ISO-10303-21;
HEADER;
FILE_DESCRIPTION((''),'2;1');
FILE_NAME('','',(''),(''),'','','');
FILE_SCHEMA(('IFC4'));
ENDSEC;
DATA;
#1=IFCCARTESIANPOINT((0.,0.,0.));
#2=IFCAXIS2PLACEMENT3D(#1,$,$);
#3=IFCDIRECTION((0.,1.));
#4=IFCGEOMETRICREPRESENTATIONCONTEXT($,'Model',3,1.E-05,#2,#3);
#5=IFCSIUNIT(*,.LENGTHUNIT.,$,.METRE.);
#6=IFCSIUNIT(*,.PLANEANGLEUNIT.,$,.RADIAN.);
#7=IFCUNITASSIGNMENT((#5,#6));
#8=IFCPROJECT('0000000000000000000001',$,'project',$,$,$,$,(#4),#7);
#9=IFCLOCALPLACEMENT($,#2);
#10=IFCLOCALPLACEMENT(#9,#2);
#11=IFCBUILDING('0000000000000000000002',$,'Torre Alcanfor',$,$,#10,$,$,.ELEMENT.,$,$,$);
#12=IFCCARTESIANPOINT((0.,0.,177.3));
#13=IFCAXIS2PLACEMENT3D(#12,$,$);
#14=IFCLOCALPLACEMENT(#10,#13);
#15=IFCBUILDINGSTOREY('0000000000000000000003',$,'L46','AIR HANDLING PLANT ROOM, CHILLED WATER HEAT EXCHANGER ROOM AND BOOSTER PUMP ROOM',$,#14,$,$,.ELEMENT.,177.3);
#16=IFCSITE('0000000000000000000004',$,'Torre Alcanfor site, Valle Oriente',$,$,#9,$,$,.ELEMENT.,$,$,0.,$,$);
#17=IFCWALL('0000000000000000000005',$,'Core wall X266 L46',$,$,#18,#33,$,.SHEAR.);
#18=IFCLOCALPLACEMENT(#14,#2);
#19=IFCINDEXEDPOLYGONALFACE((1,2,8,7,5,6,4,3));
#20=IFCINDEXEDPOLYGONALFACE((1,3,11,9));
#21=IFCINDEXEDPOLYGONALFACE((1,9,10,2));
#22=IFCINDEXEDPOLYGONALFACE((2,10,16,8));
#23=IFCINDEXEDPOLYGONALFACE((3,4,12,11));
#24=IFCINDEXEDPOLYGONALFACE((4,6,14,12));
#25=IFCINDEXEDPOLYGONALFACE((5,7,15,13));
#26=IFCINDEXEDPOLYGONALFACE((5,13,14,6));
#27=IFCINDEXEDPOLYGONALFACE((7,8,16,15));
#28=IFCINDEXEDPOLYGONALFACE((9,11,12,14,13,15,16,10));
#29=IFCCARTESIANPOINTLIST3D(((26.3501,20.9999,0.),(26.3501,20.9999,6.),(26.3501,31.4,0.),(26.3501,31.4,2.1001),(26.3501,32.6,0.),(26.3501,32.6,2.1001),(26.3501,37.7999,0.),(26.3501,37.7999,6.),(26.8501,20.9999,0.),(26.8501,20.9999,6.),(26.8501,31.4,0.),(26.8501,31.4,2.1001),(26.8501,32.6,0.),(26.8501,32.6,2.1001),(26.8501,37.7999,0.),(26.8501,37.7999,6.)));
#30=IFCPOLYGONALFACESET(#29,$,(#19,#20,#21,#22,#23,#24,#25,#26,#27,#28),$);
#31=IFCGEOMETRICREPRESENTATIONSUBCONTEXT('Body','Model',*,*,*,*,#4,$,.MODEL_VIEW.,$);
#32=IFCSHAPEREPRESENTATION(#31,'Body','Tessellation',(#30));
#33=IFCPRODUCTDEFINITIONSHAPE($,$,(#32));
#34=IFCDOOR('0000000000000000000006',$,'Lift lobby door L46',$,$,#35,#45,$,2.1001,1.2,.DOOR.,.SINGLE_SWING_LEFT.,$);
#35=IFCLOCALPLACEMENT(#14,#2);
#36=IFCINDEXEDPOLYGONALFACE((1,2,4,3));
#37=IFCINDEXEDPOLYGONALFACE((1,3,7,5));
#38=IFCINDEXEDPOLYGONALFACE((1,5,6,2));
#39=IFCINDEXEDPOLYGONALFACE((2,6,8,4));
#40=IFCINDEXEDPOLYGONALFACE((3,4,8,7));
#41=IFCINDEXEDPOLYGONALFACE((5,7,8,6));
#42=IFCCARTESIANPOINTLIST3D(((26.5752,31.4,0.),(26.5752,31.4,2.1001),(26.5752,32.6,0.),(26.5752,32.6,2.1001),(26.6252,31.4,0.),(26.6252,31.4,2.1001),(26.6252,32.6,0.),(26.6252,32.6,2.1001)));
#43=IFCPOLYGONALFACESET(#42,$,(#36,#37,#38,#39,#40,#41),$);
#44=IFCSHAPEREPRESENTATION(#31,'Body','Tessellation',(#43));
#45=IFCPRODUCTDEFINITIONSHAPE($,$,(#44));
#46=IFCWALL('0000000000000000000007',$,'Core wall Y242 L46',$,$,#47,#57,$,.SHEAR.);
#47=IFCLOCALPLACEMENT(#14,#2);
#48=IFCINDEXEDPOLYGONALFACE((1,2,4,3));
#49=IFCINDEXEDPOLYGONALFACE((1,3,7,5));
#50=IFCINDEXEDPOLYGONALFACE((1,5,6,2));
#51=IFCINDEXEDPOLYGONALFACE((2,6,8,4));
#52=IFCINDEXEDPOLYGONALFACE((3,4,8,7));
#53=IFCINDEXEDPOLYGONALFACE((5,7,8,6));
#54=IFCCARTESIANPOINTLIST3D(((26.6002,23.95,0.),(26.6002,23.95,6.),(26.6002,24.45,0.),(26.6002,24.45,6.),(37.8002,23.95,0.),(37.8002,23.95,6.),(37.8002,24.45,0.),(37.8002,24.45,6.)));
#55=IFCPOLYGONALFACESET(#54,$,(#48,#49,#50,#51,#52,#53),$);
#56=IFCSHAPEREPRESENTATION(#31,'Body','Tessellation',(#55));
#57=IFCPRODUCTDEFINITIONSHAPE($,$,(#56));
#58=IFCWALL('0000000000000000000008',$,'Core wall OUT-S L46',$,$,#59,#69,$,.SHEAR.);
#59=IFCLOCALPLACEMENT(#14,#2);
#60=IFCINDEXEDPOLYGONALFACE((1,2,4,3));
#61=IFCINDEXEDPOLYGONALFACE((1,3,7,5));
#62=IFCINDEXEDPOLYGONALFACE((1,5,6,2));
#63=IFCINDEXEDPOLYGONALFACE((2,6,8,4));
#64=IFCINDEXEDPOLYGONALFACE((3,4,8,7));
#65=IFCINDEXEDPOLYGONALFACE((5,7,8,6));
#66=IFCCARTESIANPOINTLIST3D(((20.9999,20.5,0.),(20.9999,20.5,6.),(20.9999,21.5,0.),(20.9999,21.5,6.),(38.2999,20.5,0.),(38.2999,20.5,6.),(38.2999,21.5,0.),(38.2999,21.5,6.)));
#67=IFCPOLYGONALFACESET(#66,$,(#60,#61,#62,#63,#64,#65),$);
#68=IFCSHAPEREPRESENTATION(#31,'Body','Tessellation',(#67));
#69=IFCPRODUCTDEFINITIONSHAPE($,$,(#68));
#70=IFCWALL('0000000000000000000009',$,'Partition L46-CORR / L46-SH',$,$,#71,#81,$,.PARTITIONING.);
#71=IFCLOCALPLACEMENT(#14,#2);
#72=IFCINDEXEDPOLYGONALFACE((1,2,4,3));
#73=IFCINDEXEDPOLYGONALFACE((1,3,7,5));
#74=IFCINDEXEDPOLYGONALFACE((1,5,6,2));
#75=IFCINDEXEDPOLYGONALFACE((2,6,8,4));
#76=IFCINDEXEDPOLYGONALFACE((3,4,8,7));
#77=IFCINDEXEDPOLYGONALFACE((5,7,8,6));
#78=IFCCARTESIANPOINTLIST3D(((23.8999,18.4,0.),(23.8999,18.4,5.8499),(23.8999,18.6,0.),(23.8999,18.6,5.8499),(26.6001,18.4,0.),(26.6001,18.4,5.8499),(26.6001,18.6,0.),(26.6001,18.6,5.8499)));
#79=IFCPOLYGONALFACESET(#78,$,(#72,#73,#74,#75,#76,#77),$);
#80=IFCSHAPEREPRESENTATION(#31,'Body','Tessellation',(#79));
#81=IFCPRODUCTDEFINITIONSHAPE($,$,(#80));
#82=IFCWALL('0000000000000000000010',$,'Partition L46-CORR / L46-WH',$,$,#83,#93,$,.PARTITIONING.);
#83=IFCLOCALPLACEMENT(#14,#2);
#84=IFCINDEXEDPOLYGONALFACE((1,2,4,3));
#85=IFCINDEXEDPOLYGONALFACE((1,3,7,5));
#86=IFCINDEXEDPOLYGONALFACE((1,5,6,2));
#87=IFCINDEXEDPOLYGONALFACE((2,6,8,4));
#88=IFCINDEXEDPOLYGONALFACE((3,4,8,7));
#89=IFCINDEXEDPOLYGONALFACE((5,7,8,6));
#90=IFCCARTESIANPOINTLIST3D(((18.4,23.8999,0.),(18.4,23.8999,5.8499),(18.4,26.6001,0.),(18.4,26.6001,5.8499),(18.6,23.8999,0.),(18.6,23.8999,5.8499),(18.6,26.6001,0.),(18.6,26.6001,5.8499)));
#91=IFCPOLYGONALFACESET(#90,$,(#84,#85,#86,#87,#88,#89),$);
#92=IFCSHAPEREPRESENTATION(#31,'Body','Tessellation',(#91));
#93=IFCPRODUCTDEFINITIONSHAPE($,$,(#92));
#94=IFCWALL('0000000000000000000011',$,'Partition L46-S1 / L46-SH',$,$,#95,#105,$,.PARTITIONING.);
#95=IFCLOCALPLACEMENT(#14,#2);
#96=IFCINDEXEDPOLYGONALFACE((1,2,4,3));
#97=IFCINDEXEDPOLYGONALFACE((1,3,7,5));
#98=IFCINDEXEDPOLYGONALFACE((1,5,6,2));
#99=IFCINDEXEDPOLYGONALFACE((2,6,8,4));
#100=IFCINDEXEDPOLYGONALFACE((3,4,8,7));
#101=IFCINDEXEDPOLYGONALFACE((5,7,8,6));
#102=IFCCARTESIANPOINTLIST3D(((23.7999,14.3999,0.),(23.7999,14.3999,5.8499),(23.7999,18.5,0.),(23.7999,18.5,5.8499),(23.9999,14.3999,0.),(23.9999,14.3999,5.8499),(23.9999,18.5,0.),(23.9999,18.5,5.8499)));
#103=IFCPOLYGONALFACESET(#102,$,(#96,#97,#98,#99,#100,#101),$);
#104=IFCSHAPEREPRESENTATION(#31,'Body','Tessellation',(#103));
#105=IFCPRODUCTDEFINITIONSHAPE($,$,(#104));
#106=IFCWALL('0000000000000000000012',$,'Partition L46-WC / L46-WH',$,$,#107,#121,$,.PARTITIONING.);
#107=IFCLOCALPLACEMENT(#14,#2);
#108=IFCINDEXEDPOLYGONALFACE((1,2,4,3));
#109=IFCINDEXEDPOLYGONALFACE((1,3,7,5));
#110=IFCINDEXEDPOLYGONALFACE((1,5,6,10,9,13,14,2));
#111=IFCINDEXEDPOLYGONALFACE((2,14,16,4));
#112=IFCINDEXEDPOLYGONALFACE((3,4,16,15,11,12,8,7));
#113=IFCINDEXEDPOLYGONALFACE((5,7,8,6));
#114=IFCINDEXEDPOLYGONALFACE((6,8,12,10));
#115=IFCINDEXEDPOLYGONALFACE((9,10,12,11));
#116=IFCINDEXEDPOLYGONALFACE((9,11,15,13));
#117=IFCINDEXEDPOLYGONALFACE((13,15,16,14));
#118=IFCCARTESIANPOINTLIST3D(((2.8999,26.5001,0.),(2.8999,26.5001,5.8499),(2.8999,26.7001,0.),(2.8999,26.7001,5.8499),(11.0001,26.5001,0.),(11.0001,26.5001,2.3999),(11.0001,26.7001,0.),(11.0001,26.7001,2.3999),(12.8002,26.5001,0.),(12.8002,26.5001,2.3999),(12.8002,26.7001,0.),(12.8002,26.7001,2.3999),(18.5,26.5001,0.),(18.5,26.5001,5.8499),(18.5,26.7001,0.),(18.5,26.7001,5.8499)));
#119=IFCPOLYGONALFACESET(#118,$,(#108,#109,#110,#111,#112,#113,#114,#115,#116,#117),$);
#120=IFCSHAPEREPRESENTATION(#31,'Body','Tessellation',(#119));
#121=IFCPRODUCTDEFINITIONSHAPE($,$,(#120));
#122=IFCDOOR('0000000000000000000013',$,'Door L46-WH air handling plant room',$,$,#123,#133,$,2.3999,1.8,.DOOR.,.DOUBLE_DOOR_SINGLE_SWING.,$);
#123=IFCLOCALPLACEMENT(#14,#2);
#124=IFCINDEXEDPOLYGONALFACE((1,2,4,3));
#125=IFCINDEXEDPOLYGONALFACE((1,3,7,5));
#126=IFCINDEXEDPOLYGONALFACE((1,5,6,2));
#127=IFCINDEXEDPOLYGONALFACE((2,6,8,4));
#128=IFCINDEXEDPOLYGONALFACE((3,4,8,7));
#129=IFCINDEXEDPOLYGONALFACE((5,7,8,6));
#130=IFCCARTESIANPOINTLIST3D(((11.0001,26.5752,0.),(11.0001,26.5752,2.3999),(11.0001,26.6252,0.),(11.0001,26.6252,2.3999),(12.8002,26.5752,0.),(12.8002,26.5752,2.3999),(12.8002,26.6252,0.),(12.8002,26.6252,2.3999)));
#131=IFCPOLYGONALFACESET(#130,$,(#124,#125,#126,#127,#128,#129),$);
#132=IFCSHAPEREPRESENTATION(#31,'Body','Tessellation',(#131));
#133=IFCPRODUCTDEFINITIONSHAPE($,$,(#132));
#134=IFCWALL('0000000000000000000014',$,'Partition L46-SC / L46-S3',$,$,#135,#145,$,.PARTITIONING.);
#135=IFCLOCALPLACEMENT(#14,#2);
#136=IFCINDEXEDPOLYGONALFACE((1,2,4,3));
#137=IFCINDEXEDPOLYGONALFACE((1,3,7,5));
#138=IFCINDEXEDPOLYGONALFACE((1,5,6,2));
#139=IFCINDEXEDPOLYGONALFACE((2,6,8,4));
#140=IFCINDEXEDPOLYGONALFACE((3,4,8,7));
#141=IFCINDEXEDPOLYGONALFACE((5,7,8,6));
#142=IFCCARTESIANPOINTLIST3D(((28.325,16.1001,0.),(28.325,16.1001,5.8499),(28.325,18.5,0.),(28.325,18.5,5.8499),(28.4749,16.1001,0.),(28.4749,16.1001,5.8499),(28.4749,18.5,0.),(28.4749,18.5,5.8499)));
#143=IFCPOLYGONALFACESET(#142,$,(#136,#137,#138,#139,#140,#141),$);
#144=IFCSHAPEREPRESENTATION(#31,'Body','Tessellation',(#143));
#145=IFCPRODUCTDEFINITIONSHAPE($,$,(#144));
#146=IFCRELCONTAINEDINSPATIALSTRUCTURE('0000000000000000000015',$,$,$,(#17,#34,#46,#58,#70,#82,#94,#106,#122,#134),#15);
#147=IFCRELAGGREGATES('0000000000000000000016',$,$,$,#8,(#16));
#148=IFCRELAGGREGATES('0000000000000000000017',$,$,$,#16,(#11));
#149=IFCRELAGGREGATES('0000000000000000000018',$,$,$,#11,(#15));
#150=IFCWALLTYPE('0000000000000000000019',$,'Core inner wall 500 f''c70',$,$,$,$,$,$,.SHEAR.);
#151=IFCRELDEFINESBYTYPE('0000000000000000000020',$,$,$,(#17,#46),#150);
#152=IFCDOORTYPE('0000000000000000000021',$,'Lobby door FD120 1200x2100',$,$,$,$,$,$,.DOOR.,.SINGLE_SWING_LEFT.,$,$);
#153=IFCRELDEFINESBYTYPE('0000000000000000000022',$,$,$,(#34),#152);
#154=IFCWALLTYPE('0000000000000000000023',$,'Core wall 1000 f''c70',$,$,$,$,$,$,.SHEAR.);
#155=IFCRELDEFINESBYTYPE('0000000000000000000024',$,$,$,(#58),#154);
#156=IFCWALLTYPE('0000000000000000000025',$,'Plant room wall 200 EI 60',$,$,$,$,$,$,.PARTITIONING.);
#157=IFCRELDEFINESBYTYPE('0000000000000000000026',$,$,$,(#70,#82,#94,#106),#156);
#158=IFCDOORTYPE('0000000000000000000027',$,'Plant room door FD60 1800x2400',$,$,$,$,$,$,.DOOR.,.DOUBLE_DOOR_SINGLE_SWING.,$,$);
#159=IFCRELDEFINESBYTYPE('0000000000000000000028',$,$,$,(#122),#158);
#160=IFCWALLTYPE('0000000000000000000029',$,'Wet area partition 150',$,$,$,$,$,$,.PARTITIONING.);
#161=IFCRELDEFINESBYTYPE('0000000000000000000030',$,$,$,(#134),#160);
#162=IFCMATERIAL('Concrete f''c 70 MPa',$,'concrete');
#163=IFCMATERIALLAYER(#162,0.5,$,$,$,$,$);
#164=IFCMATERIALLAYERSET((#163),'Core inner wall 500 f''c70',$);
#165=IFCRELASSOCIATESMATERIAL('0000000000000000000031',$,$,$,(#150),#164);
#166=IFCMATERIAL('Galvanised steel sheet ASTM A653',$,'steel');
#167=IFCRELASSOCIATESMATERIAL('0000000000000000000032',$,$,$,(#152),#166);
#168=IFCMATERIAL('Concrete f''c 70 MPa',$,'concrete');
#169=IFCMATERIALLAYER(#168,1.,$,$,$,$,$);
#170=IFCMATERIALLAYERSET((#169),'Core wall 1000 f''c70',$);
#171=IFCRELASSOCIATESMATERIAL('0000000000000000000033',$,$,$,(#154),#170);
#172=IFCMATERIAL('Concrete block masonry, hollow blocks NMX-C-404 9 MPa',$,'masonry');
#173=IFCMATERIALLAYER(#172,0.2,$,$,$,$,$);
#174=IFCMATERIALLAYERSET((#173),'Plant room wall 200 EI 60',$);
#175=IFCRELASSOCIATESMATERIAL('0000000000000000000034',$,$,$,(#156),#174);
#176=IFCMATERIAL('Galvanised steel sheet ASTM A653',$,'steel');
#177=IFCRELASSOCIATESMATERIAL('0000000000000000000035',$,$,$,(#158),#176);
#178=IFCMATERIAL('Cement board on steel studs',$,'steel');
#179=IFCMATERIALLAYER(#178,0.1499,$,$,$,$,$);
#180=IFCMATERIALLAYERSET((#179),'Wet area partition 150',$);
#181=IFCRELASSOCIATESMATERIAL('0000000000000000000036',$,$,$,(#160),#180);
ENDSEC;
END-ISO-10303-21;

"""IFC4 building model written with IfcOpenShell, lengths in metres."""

from ifc_helpers import new_model, si_unit, direction, frame, frame_2d, origin, place, context, subcontext, project, spatial, rectangle, extrude, material, layer, layer_set, type_object, element, fill, save


model = new_model("IFC4")

# Units and contexts
model_context = context("Model", 3, precision=1e-05, world=origin(), true_north=direction((0.0, 1.0)))
body_context = subcontext(model_context, "Body", "Model", "MODEL_VIEW")
ifc_project = project(units=[si_unit("LENGTHUNIT", "METRE"), si_unit("PLANEANGLEUNIT", "RADIAN")], contexts=[model_context])

# Site, building, storey
site_placement = place(None, origin())
site = spatial("IfcSite", under=ifc_project, at=site_placement, Name="Torre Alcanfor site, Valle Oriente", CompositionType="ELEMENT", RefElevation=0.0)
building_placement = place(site_placement, origin())
building = spatial("IfcBuilding", under=site, at=building_placement, Name="Torre Alcanfor", CompositionType="ELEMENT")
storey_placement = place(building_placement, frame((0.0, 0.0, 177.3)))
storey = spatial("IfcBuildingStorey", under=building, at=storey_placement, Name="L46", Description="AIR HANDLING PLANT ROOM, CHILLED WATER HEAT EXCHANGER ROOM AND BOOSTER PUMP ROOM", CompositionType="ELEMENT", Elevation=177.3)

# Wall, opening, door
ifc_material_1 = material(Name="Concrete f'c 70 MPa", Category="concrete")
ifc_layer_1 = layer(ifc_material_1, 0.5)
ifc_layer_set_1 = layer_set([ifc_layer_1], Name="Core inner wall 500 f'c70")
wall_type_1 = type_object("IfcWallType", Name="Core inner wall 500 f'c70", PredefinedType="SHEAR", material=ifc_layer_set_1)
wall_1_placement = place(storey_placement, frame((26.6001, 21.0, 0.0), z_axis=(0.0, 0.0, 1.0), x_axis=(0.0, 1.0, 0.0)))
wall_1 = element("IfcWall", 1, at=wall_1_placement, inside=storey, type_object=wall_type_1, Name="Core wall X266 L46", PredefinedType="SHEAR", context=body_context, shape_type="SweptSolid", body=[
    extrude(rectangle(XDim=16.8, YDim=0.5, at=frame_2d((8.3999, 0.0))), origin(), (0.0, 0.0, 1.0), 6.0),
])
opening_1_placement = place(wall_1_placement, frame((10.3999, 0.0, 0.0)))
opening_1 = element("IfcOpeningElement", 2, at=opening_1_placement, cuts=wall_1, PredefinedType="OPENING", context=body_context, shape_type="SweptSolid", body=[
    extrude(rectangle(XDim=1.2, YDim=2.1001, at=frame_2d((0.6001, 1.05))), frame((0.0, 0.26, 0.0), z_axis=(0.0, -1.0, 0.0), x_axis=(1.0, 0.0, 0.0)), (0.0, 0.0, 1.0), 0.52),
])
ifc_material_2 = material(Name="Galvanised steel sheet ASTM A653", Category="steel")
door_type_1 = type_object("IfcDoorType", Name="Lobby door FD120 1200x2100", OperationType="SINGLE_SWING_LEFT", PredefinedType="DOOR", material=ifc_material_2)
door_1_placement = place(opening_1_placement, origin())
door_1 = element("IfcDoor", 3, at=door_1_placement, inside=storey, type_object=door_type_1, Name="Lift lobby door L46", OperationType="SINGLE_SWING_LEFT", OverallHeight=2.1001, OverallWidth=1.2, PredefinedType="DOOR", context=body_context, shape_type="SweptSolid", body=[
    extrude(rectangle(XDim=1.2, YDim=2.1001, at=frame_2d((0.6001, 1.05))), frame((0.0, 0.0249, 0.0), z_axis=(0.0, -1.0, 0.0), x_axis=(1.0, 0.0, 0.0)), (0.0, 0.0, 1.0), 0.05),
])
fill(opening_1, door_1)

# Walls
wall_2_placement = place(storey_placement, frame((26.6001, 24.2, 0.0), z_axis=(0.0, 0.0, 1.0), x_axis=(1.0, 0.0, 0.0)))
element("IfcWall", 4, at=wall_2_placement, inside=storey, type_object=wall_type_1, Name="Core wall Y242 L46", PredefinedType="SHEAR", context=body_context, shape_type="SweptSolid", body=[
    extrude(rectangle(XDim=11.2, YDim=0.5, at=frame_2d((5.6001, 0.0))), origin(), (0.0, 0.0, 1.0), 6.0),
])
ifc_material_3 = material(Name="Concrete f'c 70 MPa", Category="concrete")
ifc_layer_2 = layer(ifc_material_3, 1.0)
ifc_layer_set_2 = layer_set([ifc_layer_2], Name="Core wall 1000 f'c70")
wall_type_2 = type_object("IfcWallType", Name="Core wall 1000 f'c70", PredefinedType="SHEAR", material=ifc_layer_set_2)
wall_3_placement = place(storey_placement, frame((21.0, 21.0, 0.0), z_axis=(0.0, 0.0, 1.0), x_axis=(1.0, 0.0, 0.0)))
element("IfcWall", 5, at=wall_3_placement, inside=storey, type_object=wall_type_2, Name="Core wall OUT-S L46", PredefinedType="SHEAR", context=body_context, shape_type="SweptSolid", body=[
    extrude(rectangle(XDim=17.3, YDim=1.0, at=frame_2d((8.6499, 0.0))), origin(), (0.0, 0.0, 1.0), 6.0),
])

# Shared definitions
ifc_material_4 = material(Name="Concrete block masonry, hollow blocks NMX-C-404 9 MPa", Category="masonry")
ifc_layer_3 = layer(ifc_material_4, 0.2)
ifc_layer_set_3 = layer_set([ifc_layer_3], Name="Plant room wall 200 EI 60")
wall_type_3 = type_object("IfcWallType", Name="Plant room wall 200 EI 60", PredefinedType="PARTITIONING", material=ifc_layer_set_3)
ifc_material_5 = material(Name="Galvanised steel sheet ASTM A653", Category="steel")
door_type_2 = type_object("IfcDoorType", Name="Plant room door FD60 1800x2400", OperationType="DOUBLE_DOOR_SINGLE_SWING", PredefinedType="DOOR", material=ifc_material_5)

# Wall
wall_4_placement = place(storey_placement, frame((26.6001, 18.5, 0.0), z_axis=(0.0, 0.0, 1.0), x_axis=(-1.0, 0.0, 0.0)))
element("IfcWall", 6, at=wall_4_placement, inside=storey, type_object=wall_type_3, Name="Partition L46-CORR / L46-SH", PredefinedType="PARTITIONING", context=body_context, shape_type="SweptSolid", body=[
    extrude(rectangle(XDim=2.7002, YDim=0.2, at=frame_2d((1.3501, 0.0))), origin(), (0.0, 0.0, 1.0), 5.8499),
])

# Walls
wall_5_placement = place(storey_placement, frame((18.5, 23.8999, 0.0), z_axis=(0.0, 0.0, 1.0), x_axis=(0.0, 1.0, 0.0)))
element("IfcWall", 7, at=wall_5_placement, inside=storey, type_object=wall_type_3, Name="Partition L46-CORR / L46-WH", PredefinedType="PARTITIONING", context=body_context, shape_type="SweptSolid", body=[
    extrude(rectangle(XDim=2.7002, YDim=0.2, at=frame_2d((1.3501, 0.0))), origin(), (0.0, 0.0, 1.0), 5.8499),
])
wall_6_placement = place(storey_placement, frame((23.8999, 18.5, 0.0), z_axis=(0.0, 0.0, 1.0), x_axis=(0.0, -1.0, 0.0)))
element("IfcWall", 8, at=wall_6_placement, inside=storey, type_object=wall_type_3, Name="Partition L46-S1 / L46-SH", PredefinedType="PARTITIONING", context=body_context, shape_type="SweptSolid", body=[
    extrude(rectangle(XDim=4.1001, YDim=0.2, at=frame_2d((2.05, 0.0))), origin(), (0.0, 0.0, 1.0), 5.8499),
])

# Wall, opening, door
wall_7_placement = place(storey_placement, frame((18.5, 26.6001, 0.0), z_axis=(0.0, 0.0, 1.0), x_axis=(-1.0, 0.0, 0.0)))
wall_7 = element("IfcWall", 9, at=wall_7_placement, inside=storey, type_object=wall_type_3, Name="Partition L46-WC / L46-WH", PredefinedType="PARTITIONING", context=body_context, shape_type="SweptSolid", body=[
    extrude(rectangle(XDim=15.6001, YDim=0.2, at=frame_2d((7.8, 0.0))), origin(), (0.0, 0.0, 1.0), 5.8499),
])
opening_2_placement = place(wall_7_placement, frame((5.7, 0.0, 0.0)))
opening_2 = element("IfcOpeningElement", 10, at=opening_2_placement, cuts=wall_7, PredefinedType="OPENING", context=body_context, shape_type="SweptSolid", body=[
    extrude(rectangle(XDim=1.8, YDim=2.3999, at=frame_2d((0.8999, 1.2))), frame((0.0, 0.1099, 0.0), z_axis=(0.0, -1.0, 0.0), x_axis=(1.0, 0.0, 0.0)), (0.0, 0.0, 1.0), 0.22),
])
door_2_placement = place(opening_2_placement, origin())
door_2 = element("IfcDoor", 11, at=door_2_placement, inside=storey, type_object=door_type_2, Name="Door L46-WH air handling plant room", OperationType="DOUBLE_DOOR_SINGLE_SWING", OverallHeight=2.3999, OverallWidth=1.8, PredefinedType="DOOR", context=body_context, shape_type="SweptSolid", body=[
    extrude(rectangle(XDim=1.8, YDim=2.3999, at=frame_2d((0.8999, 1.2))), frame((0.0, 0.0249, 0.0), z_axis=(0.0, -1.0, 0.0), x_axis=(1.0, 0.0, 0.0)), (0.0, 0.0, 1.0), 0.05),
])
fill(opening_2, door_2)

# Wall
ifc_material_6 = material(Name="Cement board on steel studs", Category="steel")
ifc_layer_4 = layer(ifc_material_6, 0.1499)
ifc_layer_set_4 = layer_set([ifc_layer_4], Name="Wet area partition 150")
wall_type_4 = type_object("IfcWallType", Name="Wet area partition 150", PredefinedType="PARTITIONING", material=ifc_layer_set_4)
wall_8_placement = place(storey_placement, frame((28.3999, 18.5, 0.0), z_axis=(0.0, 0.0, 1.0), x_axis=(0.0, -1.0, 0.0)))
element("IfcWall", 12, at=wall_8_placement, inside=storey, type_object=wall_type_4, Name="Partition L46-SC / L46-S3", PredefinedType="PARTITIONING", context=body_context, shape_type="SweptSolid", body=[
    extrude(rectangle(XDim=2.3999, YDim=0.1499, at=frame_2d((1.2, 0.0))), origin(), (0.0, 0.0, 1.0), 5.8499),
])

save(model, "model.ifc")
